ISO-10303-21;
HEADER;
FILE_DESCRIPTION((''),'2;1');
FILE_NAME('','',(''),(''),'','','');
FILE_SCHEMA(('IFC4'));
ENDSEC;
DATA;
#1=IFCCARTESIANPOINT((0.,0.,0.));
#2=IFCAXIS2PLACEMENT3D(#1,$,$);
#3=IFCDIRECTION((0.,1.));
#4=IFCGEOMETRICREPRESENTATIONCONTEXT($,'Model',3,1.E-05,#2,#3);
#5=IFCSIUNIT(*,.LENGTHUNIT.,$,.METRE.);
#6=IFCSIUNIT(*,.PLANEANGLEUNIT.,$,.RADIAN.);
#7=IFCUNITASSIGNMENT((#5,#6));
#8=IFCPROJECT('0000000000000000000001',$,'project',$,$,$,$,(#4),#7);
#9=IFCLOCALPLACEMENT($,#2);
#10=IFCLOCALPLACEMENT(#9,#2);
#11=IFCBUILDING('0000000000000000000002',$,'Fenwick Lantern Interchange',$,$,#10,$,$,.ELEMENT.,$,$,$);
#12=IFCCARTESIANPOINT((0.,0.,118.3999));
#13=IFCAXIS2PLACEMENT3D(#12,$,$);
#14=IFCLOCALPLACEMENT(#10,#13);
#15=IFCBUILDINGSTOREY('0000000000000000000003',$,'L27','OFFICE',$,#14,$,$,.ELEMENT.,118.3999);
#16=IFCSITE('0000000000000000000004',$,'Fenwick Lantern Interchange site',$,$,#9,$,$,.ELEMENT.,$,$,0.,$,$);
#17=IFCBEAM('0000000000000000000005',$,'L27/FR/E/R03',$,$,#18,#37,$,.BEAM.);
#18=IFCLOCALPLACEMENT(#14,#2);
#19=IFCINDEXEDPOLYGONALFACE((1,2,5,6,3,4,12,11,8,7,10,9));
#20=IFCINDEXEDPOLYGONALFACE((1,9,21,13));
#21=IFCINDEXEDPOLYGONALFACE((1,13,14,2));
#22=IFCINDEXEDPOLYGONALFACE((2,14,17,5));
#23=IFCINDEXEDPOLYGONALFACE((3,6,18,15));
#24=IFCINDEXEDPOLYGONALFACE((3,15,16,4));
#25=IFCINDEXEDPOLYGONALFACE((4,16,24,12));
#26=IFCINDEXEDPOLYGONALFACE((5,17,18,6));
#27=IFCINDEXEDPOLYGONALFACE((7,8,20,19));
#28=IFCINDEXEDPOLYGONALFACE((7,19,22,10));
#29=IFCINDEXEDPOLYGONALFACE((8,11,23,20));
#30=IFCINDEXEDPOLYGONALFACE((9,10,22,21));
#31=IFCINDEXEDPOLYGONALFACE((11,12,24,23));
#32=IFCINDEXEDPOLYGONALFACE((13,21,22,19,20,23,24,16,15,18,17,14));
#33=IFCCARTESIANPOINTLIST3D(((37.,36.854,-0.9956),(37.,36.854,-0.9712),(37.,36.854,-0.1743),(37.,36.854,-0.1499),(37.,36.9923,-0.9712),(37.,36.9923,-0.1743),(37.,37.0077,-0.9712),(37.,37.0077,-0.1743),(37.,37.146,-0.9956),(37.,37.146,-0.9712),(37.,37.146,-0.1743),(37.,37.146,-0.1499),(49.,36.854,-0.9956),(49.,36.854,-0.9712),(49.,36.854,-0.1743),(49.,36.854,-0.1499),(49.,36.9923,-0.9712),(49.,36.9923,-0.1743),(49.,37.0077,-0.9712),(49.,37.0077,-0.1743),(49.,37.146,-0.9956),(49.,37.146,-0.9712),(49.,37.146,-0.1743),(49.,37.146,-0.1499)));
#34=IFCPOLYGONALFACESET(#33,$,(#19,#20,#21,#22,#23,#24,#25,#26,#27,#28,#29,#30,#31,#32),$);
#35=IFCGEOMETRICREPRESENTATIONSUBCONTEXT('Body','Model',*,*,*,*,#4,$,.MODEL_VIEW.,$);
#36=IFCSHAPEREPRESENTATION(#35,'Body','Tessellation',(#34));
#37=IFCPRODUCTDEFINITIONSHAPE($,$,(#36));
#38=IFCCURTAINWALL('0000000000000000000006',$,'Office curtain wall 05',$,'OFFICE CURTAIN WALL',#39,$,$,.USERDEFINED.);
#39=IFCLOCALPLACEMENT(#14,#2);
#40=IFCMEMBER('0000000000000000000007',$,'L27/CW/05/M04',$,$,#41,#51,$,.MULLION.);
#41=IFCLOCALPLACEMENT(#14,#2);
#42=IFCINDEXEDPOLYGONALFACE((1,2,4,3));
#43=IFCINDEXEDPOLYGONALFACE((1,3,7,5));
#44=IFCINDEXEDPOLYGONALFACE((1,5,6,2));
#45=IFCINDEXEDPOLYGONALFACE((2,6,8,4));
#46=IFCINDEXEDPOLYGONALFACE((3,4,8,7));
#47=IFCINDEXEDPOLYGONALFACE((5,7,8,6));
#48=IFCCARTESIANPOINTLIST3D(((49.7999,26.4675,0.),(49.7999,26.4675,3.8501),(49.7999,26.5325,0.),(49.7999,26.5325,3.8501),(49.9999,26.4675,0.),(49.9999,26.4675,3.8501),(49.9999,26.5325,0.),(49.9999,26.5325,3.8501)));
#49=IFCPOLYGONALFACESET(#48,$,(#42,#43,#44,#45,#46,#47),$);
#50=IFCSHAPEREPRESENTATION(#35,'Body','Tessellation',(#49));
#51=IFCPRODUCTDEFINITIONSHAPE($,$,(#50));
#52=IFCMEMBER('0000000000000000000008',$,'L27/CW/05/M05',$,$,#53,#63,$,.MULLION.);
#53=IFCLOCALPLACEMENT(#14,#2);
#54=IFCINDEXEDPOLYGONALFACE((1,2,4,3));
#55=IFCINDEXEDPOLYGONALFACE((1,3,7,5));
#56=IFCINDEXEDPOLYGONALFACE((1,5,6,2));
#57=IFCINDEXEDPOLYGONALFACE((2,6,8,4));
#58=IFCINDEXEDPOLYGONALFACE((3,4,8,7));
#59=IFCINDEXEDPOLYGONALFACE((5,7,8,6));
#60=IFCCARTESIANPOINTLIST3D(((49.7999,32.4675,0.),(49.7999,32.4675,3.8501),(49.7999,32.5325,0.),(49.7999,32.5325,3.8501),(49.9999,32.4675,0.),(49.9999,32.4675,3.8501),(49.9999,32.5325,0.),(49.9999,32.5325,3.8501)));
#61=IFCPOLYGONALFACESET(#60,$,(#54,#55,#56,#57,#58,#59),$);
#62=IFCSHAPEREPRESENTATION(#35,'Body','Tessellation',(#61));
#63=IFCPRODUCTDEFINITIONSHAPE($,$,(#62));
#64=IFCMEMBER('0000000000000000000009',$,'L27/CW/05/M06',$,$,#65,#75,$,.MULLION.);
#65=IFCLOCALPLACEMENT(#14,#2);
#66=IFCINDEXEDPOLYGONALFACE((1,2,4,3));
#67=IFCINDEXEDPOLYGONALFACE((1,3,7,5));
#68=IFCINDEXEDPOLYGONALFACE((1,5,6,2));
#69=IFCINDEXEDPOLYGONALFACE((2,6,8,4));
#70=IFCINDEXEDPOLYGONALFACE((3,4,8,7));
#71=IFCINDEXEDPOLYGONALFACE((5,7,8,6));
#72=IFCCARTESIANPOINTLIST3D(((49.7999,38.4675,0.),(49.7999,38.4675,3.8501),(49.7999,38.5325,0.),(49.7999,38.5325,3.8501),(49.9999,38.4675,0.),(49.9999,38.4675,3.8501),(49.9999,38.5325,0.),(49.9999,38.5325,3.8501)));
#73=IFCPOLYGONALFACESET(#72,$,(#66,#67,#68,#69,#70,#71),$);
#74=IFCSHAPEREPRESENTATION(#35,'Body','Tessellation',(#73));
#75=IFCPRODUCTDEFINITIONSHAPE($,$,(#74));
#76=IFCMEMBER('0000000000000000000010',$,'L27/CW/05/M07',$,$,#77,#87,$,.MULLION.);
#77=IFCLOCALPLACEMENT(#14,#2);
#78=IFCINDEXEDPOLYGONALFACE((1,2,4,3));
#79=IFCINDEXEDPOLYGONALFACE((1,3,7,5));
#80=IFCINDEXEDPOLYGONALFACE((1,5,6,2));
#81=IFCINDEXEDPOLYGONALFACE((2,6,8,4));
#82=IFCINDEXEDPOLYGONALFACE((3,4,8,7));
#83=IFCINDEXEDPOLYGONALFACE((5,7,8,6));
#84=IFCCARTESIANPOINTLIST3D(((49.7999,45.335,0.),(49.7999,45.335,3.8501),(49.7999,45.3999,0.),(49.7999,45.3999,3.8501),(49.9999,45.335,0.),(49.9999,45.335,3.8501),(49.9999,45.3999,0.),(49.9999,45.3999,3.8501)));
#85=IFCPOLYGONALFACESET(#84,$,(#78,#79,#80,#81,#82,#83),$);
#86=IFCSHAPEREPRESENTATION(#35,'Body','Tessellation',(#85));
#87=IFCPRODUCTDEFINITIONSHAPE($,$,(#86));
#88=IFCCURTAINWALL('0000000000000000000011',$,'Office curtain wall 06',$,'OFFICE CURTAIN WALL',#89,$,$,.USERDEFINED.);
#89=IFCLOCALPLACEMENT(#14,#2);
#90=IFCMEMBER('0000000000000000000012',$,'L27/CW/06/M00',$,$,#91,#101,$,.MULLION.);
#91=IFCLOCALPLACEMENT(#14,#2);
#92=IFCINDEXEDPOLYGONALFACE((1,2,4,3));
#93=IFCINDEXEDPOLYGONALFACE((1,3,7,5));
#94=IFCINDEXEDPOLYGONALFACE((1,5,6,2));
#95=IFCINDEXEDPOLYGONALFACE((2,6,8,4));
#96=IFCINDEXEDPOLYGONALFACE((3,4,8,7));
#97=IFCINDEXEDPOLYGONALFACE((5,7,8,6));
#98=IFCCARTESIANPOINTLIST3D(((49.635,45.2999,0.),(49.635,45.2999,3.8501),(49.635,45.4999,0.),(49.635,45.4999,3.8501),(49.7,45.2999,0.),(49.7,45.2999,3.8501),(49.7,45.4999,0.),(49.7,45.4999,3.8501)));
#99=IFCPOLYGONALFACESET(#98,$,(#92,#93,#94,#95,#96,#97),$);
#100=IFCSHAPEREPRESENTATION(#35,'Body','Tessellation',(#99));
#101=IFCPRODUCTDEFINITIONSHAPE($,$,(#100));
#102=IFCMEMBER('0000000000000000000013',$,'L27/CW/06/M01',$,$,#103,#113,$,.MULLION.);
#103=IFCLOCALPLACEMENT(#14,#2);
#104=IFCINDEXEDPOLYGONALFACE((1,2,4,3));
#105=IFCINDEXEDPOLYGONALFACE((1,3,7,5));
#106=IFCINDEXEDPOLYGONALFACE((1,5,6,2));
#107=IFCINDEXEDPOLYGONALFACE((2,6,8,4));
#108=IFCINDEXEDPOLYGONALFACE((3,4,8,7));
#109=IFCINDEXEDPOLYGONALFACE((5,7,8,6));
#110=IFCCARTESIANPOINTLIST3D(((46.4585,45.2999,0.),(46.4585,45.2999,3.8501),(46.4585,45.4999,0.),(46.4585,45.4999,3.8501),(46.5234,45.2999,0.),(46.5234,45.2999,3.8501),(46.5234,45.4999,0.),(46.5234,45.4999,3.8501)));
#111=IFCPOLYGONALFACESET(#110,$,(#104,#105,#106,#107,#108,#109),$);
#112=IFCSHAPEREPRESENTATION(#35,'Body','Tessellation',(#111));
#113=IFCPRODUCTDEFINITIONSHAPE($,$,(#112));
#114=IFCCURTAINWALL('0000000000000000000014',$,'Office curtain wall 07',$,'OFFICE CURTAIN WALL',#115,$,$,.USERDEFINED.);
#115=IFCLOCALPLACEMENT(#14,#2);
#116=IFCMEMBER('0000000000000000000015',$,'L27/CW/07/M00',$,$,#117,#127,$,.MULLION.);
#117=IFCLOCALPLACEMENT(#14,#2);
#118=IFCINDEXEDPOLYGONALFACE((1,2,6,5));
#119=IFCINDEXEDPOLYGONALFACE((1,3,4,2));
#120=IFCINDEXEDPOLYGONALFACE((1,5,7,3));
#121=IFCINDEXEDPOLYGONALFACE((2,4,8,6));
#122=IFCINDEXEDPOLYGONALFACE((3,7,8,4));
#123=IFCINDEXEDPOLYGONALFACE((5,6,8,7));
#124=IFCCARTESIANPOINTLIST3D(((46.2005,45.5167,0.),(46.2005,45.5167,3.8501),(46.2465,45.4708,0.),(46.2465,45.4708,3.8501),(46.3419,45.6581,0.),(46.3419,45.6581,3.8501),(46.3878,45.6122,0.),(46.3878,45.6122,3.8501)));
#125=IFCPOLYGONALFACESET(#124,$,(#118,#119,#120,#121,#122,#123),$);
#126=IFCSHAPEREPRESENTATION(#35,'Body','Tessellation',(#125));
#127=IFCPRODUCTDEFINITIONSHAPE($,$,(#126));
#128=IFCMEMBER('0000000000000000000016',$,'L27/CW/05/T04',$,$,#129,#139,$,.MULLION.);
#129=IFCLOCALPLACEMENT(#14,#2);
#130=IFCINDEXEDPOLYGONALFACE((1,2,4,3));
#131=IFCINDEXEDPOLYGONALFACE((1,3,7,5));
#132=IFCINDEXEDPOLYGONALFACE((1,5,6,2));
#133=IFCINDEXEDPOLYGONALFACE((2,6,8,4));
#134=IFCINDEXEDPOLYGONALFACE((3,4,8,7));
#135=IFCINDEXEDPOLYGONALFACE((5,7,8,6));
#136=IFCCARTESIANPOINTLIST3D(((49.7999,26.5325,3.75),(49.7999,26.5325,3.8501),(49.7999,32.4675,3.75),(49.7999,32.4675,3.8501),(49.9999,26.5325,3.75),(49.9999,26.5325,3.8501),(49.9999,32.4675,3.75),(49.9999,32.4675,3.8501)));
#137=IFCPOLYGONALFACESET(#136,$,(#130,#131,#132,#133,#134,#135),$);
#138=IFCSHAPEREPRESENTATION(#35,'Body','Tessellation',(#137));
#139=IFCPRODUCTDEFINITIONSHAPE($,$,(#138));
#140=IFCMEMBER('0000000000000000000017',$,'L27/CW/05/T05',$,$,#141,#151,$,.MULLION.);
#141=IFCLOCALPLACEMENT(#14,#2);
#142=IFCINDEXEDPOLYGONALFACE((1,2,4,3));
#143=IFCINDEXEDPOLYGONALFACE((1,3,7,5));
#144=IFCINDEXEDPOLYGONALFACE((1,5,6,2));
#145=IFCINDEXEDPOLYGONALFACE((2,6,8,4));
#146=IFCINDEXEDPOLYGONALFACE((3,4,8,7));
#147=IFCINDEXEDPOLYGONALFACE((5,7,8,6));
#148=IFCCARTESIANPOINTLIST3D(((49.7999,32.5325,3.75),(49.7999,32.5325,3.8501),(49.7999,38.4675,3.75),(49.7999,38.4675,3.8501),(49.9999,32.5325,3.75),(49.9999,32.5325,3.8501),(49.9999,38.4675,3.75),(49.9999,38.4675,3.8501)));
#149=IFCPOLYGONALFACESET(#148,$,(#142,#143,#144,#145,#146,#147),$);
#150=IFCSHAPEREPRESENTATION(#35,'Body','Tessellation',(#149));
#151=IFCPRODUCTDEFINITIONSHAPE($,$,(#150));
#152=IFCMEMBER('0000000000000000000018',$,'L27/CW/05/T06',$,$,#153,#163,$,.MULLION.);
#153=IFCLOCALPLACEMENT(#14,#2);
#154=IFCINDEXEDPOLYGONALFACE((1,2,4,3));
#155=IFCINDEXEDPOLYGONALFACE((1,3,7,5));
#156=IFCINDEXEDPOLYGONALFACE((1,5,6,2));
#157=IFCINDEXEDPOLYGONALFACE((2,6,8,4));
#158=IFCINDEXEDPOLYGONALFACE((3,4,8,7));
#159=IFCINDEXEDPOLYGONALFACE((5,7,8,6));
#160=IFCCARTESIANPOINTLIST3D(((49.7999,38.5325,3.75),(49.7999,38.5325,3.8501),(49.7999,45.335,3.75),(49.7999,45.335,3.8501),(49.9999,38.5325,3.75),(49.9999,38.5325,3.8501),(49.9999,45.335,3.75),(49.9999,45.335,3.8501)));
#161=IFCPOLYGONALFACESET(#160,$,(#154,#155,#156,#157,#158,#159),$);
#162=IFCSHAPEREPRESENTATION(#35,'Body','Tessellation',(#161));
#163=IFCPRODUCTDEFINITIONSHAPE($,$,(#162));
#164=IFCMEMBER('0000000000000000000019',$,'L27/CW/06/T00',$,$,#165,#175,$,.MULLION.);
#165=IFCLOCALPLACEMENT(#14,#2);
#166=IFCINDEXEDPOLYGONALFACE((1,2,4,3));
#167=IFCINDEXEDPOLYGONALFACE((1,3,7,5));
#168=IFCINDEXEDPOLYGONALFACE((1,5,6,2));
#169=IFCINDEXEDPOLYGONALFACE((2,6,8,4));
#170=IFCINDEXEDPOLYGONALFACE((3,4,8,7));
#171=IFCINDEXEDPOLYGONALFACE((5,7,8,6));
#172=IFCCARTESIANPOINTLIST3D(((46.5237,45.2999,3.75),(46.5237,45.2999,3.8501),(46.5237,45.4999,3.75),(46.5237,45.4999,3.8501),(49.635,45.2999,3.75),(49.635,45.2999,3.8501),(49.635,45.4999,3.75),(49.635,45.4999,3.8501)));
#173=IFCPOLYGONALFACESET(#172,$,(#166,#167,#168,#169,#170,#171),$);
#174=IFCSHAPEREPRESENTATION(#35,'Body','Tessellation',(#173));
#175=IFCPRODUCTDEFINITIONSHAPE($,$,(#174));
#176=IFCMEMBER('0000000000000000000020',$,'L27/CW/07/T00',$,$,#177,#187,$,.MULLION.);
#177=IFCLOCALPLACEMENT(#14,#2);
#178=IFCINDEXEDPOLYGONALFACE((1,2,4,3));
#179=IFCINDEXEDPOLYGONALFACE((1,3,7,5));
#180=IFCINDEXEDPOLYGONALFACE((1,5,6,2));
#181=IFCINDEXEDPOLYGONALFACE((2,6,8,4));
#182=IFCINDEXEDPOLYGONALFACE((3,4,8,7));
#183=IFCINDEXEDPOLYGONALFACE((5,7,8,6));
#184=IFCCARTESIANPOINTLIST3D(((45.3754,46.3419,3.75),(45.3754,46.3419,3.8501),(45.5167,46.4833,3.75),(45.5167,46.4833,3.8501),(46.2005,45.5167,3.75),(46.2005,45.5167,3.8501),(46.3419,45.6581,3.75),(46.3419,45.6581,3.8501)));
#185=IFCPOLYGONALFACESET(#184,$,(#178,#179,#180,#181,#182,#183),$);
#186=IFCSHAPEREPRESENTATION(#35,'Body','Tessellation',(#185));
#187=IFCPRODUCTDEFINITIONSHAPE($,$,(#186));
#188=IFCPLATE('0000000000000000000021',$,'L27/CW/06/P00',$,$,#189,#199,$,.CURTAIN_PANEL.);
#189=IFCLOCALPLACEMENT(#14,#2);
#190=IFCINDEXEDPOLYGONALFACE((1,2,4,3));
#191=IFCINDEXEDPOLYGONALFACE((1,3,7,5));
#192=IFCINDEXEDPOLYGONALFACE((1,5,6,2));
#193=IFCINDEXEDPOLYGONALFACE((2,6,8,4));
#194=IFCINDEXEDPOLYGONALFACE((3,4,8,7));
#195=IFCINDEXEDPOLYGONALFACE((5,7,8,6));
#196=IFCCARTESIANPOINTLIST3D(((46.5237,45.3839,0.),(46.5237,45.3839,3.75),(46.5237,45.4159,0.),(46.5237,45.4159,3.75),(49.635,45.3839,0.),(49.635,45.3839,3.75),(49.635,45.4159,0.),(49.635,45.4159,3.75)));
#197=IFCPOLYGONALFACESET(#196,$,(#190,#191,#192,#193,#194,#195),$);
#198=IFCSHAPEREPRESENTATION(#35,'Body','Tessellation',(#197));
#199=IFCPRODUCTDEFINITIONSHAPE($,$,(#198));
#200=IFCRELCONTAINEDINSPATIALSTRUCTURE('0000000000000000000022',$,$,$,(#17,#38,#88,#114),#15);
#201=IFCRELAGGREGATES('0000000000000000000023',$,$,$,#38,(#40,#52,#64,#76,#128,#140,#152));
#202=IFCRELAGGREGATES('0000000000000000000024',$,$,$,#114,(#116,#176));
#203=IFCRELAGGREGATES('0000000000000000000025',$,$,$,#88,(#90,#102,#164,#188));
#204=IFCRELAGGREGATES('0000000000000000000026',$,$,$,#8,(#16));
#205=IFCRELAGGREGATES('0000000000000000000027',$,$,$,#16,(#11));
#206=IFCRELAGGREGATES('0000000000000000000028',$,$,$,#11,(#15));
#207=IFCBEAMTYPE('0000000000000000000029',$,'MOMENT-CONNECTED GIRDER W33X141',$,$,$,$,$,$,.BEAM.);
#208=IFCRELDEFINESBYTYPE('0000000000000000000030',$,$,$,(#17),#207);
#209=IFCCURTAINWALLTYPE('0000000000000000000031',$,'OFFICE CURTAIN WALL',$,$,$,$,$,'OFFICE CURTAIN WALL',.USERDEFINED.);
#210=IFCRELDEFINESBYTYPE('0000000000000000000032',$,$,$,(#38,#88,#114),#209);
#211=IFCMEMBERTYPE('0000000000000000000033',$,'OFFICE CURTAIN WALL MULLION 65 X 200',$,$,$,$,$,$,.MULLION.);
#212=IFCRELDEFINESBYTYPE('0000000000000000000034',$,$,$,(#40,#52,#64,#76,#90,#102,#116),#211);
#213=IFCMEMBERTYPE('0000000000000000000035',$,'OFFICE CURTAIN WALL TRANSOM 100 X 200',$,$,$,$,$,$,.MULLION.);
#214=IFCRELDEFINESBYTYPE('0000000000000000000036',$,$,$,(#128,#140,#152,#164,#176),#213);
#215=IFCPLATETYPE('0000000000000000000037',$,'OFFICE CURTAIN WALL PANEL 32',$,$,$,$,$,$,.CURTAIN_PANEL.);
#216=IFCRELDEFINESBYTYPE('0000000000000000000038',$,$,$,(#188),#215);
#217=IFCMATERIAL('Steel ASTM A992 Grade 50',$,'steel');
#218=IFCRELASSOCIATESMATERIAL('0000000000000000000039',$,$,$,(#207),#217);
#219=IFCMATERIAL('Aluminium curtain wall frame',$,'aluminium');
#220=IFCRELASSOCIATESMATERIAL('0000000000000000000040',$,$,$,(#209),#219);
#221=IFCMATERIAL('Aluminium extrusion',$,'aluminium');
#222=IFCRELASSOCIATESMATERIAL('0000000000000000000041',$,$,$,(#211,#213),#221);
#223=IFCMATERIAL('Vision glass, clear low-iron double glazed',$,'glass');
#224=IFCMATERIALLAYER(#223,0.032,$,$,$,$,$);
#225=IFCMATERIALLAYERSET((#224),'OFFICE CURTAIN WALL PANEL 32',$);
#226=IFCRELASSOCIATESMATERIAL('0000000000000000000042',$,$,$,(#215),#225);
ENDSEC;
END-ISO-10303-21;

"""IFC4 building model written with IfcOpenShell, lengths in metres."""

from ifc_helpers import new_model, si_unit, direction, frame, origin, origin_2d, place, context, subcontext, project, spatial, rectangle, i_section, extrude, material, layer, layer_set, material_profile, profile_set, type_object, element, aggregate, save


model = new_model("IFC4")

# Units and contexts
model_context = context("Model", 3, precision=1e-05, world=origin(), true_north=direction((0.0, 1.0)))
body_context = subcontext(model_context, "Body", "Model", "MODEL_VIEW")
ifc_project = project(units=[si_unit("LENGTHUNIT", "METRE"), si_unit("PLANEANGLEUNIT", "RADIAN")], contexts=[model_context])

# Site, building, storey
site_placement = place(None, origin())
site = spatial("IfcSite", under=ifc_project, at=site_placement, Name="Fenwick Lantern Interchange site", CompositionType="ELEMENT", RefElevation=0.0)
building_placement = place(site_placement, origin())
building = spatial("IfcBuilding", under=site, at=building_placement, Name="Fenwick Lantern Interchange", CompositionType="ELEMENT")
storey_placement = place(building_placement, frame((0.0, 0.0, 118.3999)))
storey = spatial("IfcBuildingStorey", under=building, at=storey_placement, Name="L27", Description="OFFICE", CompositionType="ELEMENT", Elevation=118.3999)

# Shared definitions
ifc_material_1 = material(Name="Steel ASTM A992 Grade 50", Category="steel")

# Beam
ifc_material_profile_1 = material_profile(ifc_material_1, i_section(OverallWidth=0.292, OverallDepth=0.8457, WebThickness=0.0154, FlangeThickness=0.0244, at=origin_2d()), Name="W33X141")
ifc_profile_set_1 = profile_set([ifc_material_profile_1], Name="Steel ASTM A992 Grade 50")
beam_type_1 = type_object("IfcBeamType", Name="MOMENT-CONNECTED GIRDER W33X141", PredefinedType="BEAM", material=ifc_profile_set_1)
beam_1_placement = place(storey_placement, frame((49.0, 37.0, -0.5728), z_axis=(-1.0, 0.0, 0.0), x_axis=(0.0, -1.0, 0.0)))
element("IfcBeam", 1, at=beam_1_placement, inside=storey, type_object=beam_type_1, Name="L27/FR/E/R03", PredefinedType="BEAM", context=body_context, shape_type="SweptSolid", body=[
    extrude(i_section(OverallWidth=0.292, OverallDepth=0.8457, WebThickness=0.0154, FlangeThickness=0.0244, at=origin_2d()), origin(), (0.0, 0.0, 1.0), 12.0),
])

# Curtain walls, members
ifc_material_2 = material(Name="Aluminium curtain wall frame", Category="aluminium")
curtain_wall_type = type_object("IfcCurtainWallType", Name="OFFICE CURTAIN WALL", ElementType="OFFICE CURTAIN WALL", PredefinedType="USERDEFINED", material=ifc_material_2)
curtain_wall_1_placement = place(storey_placement, origin())
curtain_wall_1 = element("IfcCurtainWall", 2, at=curtain_wall_1_placement, inside=storey, type_object=curtain_wall_type, Name="Office curtain wall 05", ObjectType="OFFICE CURTAIN WALL", PredefinedType="USERDEFINED")
ifc_material_3 = material(Name="Aluminium extrusion", Category="aluminium")
ifc_material_profile_2 = material_profile(ifc_material_3, rectangle(XDim=0.2, YDim=0.0649, at=origin_2d()), Name="OFFICE CURTAIN WALL MULLION 65 X 200")
ifc_profile_set_2 = profile_set([ifc_material_profile_2], Name="Aluminium extrusion")
member_type_1 = type_object("IfcMemberType", Name="OFFICE CURTAIN WALL MULLION 65 X 200", PredefinedType="MULLION", material=ifc_profile_set_2)
member_1_placement = place(storey_placement, frame((49.8999, 26.5, 0.0), z_axis=(0.0, 0.0, 1.0), x_axis=(-1.0, 0.0, 0.0)))
member_1 = element("IfcMember", 3, at=member_1_placement, type_object=member_type_1, Name="L27/CW/05/M04", PredefinedType="MULLION", context=body_context, shape_type="SweptSolid", body=[
    extrude(rectangle(XDim=0.2, YDim=0.0649, at=origin_2d()), origin(), (0.0, 0.0, 1.0), 3.8501),
])
member_2_placement = place(storey_placement, frame((49.8999, 32.5, 0.0), z_axis=(0.0, 0.0, 1.0), x_axis=(-1.0, 0.0, 0.0)))
member_2 = element("IfcMember", 4, at=member_2_placement, type_object=member_type_1, Name="L27/CW/05/M05", PredefinedType="MULLION", context=body_context, shape_type="SweptSolid", body=[
    extrude(rectangle(XDim=0.2, YDim=0.0649, at=origin_2d()), origin(), (0.0, 0.0, 1.0), 3.8501),
])
member_3_placement = place(storey_placement, frame((49.8999, 38.5, 0.0), z_axis=(0.0, 0.0, 1.0), x_axis=(-1.0, 0.0, 0.0)))
member_3 = element("IfcMember", 5, at=member_3_placement, type_object=member_type_1, Name="L27/CW/05/M06", PredefinedType="MULLION", context=body_context, shape_type="SweptSolid", body=[
    extrude(rectangle(XDim=0.2, YDim=0.0649, at=origin_2d()), origin(), (0.0, 0.0, 1.0), 3.8501),
])
member_4_placement = place(storey_placement, frame((49.8999, 45.3674, 0.0), z_axis=(0.0, 0.0, 1.0), x_axis=(-1.0, 0.0, 0.0)))
member_4 = element("IfcMember", 6, at=member_4_placement, type_object=member_type_1, Name="L27/CW/05/M07", PredefinedType="MULLION", context=body_context, shape_type="SweptSolid", body=[
    extrude(rectangle(XDim=0.2, YDim=0.0649, at=origin_2d()), origin(), (0.0, 0.0, 1.0), 3.8501),
])
curtain_wall_2_placement = place(storey_placement, origin())
curtain_wall_2 = element("IfcCurtainWall", 7, at=curtain_wall_2_placement, inside=storey, type_object=curtain_wall_type, Name="Office curtain wall 06", ObjectType="OFFICE CURTAIN WALL", PredefinedType="USERDEFINED")
member_5_placement = place(storey_placement, frame((49.6675, 45.3999, 0.0), z_axis=(0.0, 0.0, 1.0), x_axis=(0.0, -1.0, 0.0)))
member_5 = element("IfcMember", 8, at=member_5_placement, type_object=member_type_1, Name="L27/CW/06/M00", PredefinedType="MULLION", context=body_context, shape_type="SweptSolid", body=[
    extrude(rectangle(XDim=0.2, YDim=0.0649, at=origin_2d()), origin(), (0.0, 0.0, 1.0), 3.8501),
])
member_6_placement = place(storey_placement, frame((46.491, 45.3999, 0.0), z_axis=(0.0, 0.0, 1.0), x_axis=(0.0, -1.0, 0.0)))
member_6 = element("IfcMember", 9, at=member_6_placement, type_object=member_type_1, Name="L27/CW/06/M01", PredefinedType="MULLION", context=body_context, shape_type="SweptSolid", body=[
    extrude(rectangle(XDim=0.2, YDim=0.0649, at=origin_2d()), origin(), (0.0, 0.0, 1.0), 3.8501),
])

# Curtain wall, member
curtain_wall_3_placement = place(storey_placement, origin())
curtain_wall_3 = element("IfcCurtainWall", 10, at=curtain_wall_3_placement, inside=storey, type_object=curtain_wall_type, Name="Office curtain wall 07", ObjectType="OFFICE CURTAIN WALL", PredefinedType="USERDEFINED")
member_7_placement = place(storey_placement, frame((46.2942, 45.5645, 0.0), z_axis=(0.0, 0.0, 1.0), x_axis=(-0.707107, -0.707107, 0.0)))
member_7 = element("IfcMember", 11, at=member_7_placement, type_object=member_type_1, Name="L27/CW/07/M00", PredefinedType="MULLION", context=body_context, shape_type="SweptSolid", body=[
    extrude(rectangle(XDim=0.2, YDim=0.0649, at=origin_2d()), origin(), (0.0, 0.0, 1.0), 3.8501),
])

# Members
ifc_material_profile_3 = material_profile(ifc_material_3, rectangle(XDim=0.2, YDim=0.1001, at=origin_2d()), Name="OFFICE CURTAIN WALL TRANSOM 100 X 200")
ifc_profile_set_3 = profile_set([ifc_material_profile_3], Name="Aluminium extrusion")
member_type_2 = type_object("IfcMemberType", Name="OFFICE CURTAIN WALL TRANSOM 100 X 200", PredefinedType="MULLION", material=ifc_profile_set_3)
member_8_placement = place(storey_placement, frame((49.8999, 26.5325, 3.8), z_axis=(0.0, 1.0, 0.0), x_axis=(-1.0, 0.0, 0.0)))
member_8 = element("IfcMember", 12, at=member_8_placement, type_object=member_type_2, Name="L27/CW/05/T04", PredefinedType="MULLION", context=body_context, shape_type="SweptSolid", body=[
    extrude(rectangle(XDim=0.2, YDim=0.1001, at=origin_2d()), origin(), (0.0, 0.0, 1.0), 5.9351),
])
member_9_placement = place(storey_placement, frame((49.8999, 32.5325, 3.8), z_axis=(0.0, 1.0, 0.0), x_axis=(-1.0, 0.0, 0.0)))
member_9 = element("IfcMember", 13, at=member_9_placement, type_object=member_type_2, Name="L27/CW/05/T05", PredefinedType="MULLION", context=body_context, shape_type="SweptSolid", body=[
    extrude(rectangle(XDim=0.2, YDim=0.1001, at=origin_2d()), origin(), (0.0, 0.0, 1.0), 5.9351),
])
member_10_placement = place(storey_placement, frame((49.8999, 38.5325, 3.8), z_axis=(0.0, 1.0, 0.0), x_axis=(-1.0, 0.0, 0.0)))
member_10 = element("IfcMember", 14, at=member_10_placement, type_object=member_type_2, Name="L27/CW/05/T06", PredefinedType="MULLION", context=body_context, shape_type="SweptSolid", body=[
    extrude(rectangle(XDim=0.2, YDim=0.1001, at=origin_2d()), origin(), (0.0, 0.0, 1.0), 6.8025),
])
aggregate(curtain_wall_1, [member_1, member_2, member_3, member_4, member_8, member_9, member_10])
member_11_placement = place(storey_placement, frame((49.635, 45.3999, 3.8), z_axis=(-1.0, 0.0, 0.0), x_axis=(0.0, -1.0, 0.0)))
member_11 = element("IfcMember", 15, at=member_11_placement, type_object=member_type_2, Name="L27/CW/06/T00", PredefinedType="MULLION", context=body_context, shape_type="SweptSolid", body=[
    extrude(rectangle(XDim=0.2, YDim=0.1001, at=origin_2d()), origin(), (0.0, 0.0, 1.0), 3.1113),
])
member_12_placement = place(storey_placement, frame((46.2712, 45.5874, 3.8), z_axis=(-0.707107, 0.707107, 0.0), x_axis=(-0.707107, -0.707107, 0.0)))
member_12 = element("IfcMember", 16, at=member_12_placement, type_object=member_type_2, Name="L27/CW/07/T00", PredefinedType="MULLION", context=body_context, shape_type="SweptSolid", body=[
    extrude(rectangle(XDim=0.2, YDim=0.1001, at=origin_2d()), origin(), (0.0, 0.0, 1.0), 1.167),
])
aggregate(curtain_wall_3, [member_7, member_12])

# Plate
ifc_material_4 = material(Name="Vision glass, clear low-iron double glazed", Category="glass")
ifc_layer_1 = layer(ifc_material_4, 0.032)
ifc_layer_set_1 = layer_set([ifc_layer_1], Name="OFFICE CURTAIN WALL PANEL 32")
plate_type = type_object("IfcPlateType", Name="OFFICE CURTAIN WALL PANEL 32", PredefinedType="CURTAIN_PANEL", material=ifc_layer_set_1)
plate_placement = place(storey_placement, frame((48.0793, 45.3999, 0.0), z_axis=(0.0, 0.0, 1.0), x_axis=(-1.0, 0.0, 0.0)))
plate = element("IfcPlate", 17, at=plate_placement, type_object=plate_type, Name="L27/CW/06/P00", PredefinedType="CURTAIN_PANEL", context=body_context, shape_type="SweptSolid", body=[
    extrude(rectangle(XDim=3.1113, YDim=0.032, at=origin_2d()), origin(), (0.0, 0.0, 1.0), 3.75),
])
aggregate(curtain_wall_2, [member_5, member_6, member_11, plate])

save(model, "model.ifc")
